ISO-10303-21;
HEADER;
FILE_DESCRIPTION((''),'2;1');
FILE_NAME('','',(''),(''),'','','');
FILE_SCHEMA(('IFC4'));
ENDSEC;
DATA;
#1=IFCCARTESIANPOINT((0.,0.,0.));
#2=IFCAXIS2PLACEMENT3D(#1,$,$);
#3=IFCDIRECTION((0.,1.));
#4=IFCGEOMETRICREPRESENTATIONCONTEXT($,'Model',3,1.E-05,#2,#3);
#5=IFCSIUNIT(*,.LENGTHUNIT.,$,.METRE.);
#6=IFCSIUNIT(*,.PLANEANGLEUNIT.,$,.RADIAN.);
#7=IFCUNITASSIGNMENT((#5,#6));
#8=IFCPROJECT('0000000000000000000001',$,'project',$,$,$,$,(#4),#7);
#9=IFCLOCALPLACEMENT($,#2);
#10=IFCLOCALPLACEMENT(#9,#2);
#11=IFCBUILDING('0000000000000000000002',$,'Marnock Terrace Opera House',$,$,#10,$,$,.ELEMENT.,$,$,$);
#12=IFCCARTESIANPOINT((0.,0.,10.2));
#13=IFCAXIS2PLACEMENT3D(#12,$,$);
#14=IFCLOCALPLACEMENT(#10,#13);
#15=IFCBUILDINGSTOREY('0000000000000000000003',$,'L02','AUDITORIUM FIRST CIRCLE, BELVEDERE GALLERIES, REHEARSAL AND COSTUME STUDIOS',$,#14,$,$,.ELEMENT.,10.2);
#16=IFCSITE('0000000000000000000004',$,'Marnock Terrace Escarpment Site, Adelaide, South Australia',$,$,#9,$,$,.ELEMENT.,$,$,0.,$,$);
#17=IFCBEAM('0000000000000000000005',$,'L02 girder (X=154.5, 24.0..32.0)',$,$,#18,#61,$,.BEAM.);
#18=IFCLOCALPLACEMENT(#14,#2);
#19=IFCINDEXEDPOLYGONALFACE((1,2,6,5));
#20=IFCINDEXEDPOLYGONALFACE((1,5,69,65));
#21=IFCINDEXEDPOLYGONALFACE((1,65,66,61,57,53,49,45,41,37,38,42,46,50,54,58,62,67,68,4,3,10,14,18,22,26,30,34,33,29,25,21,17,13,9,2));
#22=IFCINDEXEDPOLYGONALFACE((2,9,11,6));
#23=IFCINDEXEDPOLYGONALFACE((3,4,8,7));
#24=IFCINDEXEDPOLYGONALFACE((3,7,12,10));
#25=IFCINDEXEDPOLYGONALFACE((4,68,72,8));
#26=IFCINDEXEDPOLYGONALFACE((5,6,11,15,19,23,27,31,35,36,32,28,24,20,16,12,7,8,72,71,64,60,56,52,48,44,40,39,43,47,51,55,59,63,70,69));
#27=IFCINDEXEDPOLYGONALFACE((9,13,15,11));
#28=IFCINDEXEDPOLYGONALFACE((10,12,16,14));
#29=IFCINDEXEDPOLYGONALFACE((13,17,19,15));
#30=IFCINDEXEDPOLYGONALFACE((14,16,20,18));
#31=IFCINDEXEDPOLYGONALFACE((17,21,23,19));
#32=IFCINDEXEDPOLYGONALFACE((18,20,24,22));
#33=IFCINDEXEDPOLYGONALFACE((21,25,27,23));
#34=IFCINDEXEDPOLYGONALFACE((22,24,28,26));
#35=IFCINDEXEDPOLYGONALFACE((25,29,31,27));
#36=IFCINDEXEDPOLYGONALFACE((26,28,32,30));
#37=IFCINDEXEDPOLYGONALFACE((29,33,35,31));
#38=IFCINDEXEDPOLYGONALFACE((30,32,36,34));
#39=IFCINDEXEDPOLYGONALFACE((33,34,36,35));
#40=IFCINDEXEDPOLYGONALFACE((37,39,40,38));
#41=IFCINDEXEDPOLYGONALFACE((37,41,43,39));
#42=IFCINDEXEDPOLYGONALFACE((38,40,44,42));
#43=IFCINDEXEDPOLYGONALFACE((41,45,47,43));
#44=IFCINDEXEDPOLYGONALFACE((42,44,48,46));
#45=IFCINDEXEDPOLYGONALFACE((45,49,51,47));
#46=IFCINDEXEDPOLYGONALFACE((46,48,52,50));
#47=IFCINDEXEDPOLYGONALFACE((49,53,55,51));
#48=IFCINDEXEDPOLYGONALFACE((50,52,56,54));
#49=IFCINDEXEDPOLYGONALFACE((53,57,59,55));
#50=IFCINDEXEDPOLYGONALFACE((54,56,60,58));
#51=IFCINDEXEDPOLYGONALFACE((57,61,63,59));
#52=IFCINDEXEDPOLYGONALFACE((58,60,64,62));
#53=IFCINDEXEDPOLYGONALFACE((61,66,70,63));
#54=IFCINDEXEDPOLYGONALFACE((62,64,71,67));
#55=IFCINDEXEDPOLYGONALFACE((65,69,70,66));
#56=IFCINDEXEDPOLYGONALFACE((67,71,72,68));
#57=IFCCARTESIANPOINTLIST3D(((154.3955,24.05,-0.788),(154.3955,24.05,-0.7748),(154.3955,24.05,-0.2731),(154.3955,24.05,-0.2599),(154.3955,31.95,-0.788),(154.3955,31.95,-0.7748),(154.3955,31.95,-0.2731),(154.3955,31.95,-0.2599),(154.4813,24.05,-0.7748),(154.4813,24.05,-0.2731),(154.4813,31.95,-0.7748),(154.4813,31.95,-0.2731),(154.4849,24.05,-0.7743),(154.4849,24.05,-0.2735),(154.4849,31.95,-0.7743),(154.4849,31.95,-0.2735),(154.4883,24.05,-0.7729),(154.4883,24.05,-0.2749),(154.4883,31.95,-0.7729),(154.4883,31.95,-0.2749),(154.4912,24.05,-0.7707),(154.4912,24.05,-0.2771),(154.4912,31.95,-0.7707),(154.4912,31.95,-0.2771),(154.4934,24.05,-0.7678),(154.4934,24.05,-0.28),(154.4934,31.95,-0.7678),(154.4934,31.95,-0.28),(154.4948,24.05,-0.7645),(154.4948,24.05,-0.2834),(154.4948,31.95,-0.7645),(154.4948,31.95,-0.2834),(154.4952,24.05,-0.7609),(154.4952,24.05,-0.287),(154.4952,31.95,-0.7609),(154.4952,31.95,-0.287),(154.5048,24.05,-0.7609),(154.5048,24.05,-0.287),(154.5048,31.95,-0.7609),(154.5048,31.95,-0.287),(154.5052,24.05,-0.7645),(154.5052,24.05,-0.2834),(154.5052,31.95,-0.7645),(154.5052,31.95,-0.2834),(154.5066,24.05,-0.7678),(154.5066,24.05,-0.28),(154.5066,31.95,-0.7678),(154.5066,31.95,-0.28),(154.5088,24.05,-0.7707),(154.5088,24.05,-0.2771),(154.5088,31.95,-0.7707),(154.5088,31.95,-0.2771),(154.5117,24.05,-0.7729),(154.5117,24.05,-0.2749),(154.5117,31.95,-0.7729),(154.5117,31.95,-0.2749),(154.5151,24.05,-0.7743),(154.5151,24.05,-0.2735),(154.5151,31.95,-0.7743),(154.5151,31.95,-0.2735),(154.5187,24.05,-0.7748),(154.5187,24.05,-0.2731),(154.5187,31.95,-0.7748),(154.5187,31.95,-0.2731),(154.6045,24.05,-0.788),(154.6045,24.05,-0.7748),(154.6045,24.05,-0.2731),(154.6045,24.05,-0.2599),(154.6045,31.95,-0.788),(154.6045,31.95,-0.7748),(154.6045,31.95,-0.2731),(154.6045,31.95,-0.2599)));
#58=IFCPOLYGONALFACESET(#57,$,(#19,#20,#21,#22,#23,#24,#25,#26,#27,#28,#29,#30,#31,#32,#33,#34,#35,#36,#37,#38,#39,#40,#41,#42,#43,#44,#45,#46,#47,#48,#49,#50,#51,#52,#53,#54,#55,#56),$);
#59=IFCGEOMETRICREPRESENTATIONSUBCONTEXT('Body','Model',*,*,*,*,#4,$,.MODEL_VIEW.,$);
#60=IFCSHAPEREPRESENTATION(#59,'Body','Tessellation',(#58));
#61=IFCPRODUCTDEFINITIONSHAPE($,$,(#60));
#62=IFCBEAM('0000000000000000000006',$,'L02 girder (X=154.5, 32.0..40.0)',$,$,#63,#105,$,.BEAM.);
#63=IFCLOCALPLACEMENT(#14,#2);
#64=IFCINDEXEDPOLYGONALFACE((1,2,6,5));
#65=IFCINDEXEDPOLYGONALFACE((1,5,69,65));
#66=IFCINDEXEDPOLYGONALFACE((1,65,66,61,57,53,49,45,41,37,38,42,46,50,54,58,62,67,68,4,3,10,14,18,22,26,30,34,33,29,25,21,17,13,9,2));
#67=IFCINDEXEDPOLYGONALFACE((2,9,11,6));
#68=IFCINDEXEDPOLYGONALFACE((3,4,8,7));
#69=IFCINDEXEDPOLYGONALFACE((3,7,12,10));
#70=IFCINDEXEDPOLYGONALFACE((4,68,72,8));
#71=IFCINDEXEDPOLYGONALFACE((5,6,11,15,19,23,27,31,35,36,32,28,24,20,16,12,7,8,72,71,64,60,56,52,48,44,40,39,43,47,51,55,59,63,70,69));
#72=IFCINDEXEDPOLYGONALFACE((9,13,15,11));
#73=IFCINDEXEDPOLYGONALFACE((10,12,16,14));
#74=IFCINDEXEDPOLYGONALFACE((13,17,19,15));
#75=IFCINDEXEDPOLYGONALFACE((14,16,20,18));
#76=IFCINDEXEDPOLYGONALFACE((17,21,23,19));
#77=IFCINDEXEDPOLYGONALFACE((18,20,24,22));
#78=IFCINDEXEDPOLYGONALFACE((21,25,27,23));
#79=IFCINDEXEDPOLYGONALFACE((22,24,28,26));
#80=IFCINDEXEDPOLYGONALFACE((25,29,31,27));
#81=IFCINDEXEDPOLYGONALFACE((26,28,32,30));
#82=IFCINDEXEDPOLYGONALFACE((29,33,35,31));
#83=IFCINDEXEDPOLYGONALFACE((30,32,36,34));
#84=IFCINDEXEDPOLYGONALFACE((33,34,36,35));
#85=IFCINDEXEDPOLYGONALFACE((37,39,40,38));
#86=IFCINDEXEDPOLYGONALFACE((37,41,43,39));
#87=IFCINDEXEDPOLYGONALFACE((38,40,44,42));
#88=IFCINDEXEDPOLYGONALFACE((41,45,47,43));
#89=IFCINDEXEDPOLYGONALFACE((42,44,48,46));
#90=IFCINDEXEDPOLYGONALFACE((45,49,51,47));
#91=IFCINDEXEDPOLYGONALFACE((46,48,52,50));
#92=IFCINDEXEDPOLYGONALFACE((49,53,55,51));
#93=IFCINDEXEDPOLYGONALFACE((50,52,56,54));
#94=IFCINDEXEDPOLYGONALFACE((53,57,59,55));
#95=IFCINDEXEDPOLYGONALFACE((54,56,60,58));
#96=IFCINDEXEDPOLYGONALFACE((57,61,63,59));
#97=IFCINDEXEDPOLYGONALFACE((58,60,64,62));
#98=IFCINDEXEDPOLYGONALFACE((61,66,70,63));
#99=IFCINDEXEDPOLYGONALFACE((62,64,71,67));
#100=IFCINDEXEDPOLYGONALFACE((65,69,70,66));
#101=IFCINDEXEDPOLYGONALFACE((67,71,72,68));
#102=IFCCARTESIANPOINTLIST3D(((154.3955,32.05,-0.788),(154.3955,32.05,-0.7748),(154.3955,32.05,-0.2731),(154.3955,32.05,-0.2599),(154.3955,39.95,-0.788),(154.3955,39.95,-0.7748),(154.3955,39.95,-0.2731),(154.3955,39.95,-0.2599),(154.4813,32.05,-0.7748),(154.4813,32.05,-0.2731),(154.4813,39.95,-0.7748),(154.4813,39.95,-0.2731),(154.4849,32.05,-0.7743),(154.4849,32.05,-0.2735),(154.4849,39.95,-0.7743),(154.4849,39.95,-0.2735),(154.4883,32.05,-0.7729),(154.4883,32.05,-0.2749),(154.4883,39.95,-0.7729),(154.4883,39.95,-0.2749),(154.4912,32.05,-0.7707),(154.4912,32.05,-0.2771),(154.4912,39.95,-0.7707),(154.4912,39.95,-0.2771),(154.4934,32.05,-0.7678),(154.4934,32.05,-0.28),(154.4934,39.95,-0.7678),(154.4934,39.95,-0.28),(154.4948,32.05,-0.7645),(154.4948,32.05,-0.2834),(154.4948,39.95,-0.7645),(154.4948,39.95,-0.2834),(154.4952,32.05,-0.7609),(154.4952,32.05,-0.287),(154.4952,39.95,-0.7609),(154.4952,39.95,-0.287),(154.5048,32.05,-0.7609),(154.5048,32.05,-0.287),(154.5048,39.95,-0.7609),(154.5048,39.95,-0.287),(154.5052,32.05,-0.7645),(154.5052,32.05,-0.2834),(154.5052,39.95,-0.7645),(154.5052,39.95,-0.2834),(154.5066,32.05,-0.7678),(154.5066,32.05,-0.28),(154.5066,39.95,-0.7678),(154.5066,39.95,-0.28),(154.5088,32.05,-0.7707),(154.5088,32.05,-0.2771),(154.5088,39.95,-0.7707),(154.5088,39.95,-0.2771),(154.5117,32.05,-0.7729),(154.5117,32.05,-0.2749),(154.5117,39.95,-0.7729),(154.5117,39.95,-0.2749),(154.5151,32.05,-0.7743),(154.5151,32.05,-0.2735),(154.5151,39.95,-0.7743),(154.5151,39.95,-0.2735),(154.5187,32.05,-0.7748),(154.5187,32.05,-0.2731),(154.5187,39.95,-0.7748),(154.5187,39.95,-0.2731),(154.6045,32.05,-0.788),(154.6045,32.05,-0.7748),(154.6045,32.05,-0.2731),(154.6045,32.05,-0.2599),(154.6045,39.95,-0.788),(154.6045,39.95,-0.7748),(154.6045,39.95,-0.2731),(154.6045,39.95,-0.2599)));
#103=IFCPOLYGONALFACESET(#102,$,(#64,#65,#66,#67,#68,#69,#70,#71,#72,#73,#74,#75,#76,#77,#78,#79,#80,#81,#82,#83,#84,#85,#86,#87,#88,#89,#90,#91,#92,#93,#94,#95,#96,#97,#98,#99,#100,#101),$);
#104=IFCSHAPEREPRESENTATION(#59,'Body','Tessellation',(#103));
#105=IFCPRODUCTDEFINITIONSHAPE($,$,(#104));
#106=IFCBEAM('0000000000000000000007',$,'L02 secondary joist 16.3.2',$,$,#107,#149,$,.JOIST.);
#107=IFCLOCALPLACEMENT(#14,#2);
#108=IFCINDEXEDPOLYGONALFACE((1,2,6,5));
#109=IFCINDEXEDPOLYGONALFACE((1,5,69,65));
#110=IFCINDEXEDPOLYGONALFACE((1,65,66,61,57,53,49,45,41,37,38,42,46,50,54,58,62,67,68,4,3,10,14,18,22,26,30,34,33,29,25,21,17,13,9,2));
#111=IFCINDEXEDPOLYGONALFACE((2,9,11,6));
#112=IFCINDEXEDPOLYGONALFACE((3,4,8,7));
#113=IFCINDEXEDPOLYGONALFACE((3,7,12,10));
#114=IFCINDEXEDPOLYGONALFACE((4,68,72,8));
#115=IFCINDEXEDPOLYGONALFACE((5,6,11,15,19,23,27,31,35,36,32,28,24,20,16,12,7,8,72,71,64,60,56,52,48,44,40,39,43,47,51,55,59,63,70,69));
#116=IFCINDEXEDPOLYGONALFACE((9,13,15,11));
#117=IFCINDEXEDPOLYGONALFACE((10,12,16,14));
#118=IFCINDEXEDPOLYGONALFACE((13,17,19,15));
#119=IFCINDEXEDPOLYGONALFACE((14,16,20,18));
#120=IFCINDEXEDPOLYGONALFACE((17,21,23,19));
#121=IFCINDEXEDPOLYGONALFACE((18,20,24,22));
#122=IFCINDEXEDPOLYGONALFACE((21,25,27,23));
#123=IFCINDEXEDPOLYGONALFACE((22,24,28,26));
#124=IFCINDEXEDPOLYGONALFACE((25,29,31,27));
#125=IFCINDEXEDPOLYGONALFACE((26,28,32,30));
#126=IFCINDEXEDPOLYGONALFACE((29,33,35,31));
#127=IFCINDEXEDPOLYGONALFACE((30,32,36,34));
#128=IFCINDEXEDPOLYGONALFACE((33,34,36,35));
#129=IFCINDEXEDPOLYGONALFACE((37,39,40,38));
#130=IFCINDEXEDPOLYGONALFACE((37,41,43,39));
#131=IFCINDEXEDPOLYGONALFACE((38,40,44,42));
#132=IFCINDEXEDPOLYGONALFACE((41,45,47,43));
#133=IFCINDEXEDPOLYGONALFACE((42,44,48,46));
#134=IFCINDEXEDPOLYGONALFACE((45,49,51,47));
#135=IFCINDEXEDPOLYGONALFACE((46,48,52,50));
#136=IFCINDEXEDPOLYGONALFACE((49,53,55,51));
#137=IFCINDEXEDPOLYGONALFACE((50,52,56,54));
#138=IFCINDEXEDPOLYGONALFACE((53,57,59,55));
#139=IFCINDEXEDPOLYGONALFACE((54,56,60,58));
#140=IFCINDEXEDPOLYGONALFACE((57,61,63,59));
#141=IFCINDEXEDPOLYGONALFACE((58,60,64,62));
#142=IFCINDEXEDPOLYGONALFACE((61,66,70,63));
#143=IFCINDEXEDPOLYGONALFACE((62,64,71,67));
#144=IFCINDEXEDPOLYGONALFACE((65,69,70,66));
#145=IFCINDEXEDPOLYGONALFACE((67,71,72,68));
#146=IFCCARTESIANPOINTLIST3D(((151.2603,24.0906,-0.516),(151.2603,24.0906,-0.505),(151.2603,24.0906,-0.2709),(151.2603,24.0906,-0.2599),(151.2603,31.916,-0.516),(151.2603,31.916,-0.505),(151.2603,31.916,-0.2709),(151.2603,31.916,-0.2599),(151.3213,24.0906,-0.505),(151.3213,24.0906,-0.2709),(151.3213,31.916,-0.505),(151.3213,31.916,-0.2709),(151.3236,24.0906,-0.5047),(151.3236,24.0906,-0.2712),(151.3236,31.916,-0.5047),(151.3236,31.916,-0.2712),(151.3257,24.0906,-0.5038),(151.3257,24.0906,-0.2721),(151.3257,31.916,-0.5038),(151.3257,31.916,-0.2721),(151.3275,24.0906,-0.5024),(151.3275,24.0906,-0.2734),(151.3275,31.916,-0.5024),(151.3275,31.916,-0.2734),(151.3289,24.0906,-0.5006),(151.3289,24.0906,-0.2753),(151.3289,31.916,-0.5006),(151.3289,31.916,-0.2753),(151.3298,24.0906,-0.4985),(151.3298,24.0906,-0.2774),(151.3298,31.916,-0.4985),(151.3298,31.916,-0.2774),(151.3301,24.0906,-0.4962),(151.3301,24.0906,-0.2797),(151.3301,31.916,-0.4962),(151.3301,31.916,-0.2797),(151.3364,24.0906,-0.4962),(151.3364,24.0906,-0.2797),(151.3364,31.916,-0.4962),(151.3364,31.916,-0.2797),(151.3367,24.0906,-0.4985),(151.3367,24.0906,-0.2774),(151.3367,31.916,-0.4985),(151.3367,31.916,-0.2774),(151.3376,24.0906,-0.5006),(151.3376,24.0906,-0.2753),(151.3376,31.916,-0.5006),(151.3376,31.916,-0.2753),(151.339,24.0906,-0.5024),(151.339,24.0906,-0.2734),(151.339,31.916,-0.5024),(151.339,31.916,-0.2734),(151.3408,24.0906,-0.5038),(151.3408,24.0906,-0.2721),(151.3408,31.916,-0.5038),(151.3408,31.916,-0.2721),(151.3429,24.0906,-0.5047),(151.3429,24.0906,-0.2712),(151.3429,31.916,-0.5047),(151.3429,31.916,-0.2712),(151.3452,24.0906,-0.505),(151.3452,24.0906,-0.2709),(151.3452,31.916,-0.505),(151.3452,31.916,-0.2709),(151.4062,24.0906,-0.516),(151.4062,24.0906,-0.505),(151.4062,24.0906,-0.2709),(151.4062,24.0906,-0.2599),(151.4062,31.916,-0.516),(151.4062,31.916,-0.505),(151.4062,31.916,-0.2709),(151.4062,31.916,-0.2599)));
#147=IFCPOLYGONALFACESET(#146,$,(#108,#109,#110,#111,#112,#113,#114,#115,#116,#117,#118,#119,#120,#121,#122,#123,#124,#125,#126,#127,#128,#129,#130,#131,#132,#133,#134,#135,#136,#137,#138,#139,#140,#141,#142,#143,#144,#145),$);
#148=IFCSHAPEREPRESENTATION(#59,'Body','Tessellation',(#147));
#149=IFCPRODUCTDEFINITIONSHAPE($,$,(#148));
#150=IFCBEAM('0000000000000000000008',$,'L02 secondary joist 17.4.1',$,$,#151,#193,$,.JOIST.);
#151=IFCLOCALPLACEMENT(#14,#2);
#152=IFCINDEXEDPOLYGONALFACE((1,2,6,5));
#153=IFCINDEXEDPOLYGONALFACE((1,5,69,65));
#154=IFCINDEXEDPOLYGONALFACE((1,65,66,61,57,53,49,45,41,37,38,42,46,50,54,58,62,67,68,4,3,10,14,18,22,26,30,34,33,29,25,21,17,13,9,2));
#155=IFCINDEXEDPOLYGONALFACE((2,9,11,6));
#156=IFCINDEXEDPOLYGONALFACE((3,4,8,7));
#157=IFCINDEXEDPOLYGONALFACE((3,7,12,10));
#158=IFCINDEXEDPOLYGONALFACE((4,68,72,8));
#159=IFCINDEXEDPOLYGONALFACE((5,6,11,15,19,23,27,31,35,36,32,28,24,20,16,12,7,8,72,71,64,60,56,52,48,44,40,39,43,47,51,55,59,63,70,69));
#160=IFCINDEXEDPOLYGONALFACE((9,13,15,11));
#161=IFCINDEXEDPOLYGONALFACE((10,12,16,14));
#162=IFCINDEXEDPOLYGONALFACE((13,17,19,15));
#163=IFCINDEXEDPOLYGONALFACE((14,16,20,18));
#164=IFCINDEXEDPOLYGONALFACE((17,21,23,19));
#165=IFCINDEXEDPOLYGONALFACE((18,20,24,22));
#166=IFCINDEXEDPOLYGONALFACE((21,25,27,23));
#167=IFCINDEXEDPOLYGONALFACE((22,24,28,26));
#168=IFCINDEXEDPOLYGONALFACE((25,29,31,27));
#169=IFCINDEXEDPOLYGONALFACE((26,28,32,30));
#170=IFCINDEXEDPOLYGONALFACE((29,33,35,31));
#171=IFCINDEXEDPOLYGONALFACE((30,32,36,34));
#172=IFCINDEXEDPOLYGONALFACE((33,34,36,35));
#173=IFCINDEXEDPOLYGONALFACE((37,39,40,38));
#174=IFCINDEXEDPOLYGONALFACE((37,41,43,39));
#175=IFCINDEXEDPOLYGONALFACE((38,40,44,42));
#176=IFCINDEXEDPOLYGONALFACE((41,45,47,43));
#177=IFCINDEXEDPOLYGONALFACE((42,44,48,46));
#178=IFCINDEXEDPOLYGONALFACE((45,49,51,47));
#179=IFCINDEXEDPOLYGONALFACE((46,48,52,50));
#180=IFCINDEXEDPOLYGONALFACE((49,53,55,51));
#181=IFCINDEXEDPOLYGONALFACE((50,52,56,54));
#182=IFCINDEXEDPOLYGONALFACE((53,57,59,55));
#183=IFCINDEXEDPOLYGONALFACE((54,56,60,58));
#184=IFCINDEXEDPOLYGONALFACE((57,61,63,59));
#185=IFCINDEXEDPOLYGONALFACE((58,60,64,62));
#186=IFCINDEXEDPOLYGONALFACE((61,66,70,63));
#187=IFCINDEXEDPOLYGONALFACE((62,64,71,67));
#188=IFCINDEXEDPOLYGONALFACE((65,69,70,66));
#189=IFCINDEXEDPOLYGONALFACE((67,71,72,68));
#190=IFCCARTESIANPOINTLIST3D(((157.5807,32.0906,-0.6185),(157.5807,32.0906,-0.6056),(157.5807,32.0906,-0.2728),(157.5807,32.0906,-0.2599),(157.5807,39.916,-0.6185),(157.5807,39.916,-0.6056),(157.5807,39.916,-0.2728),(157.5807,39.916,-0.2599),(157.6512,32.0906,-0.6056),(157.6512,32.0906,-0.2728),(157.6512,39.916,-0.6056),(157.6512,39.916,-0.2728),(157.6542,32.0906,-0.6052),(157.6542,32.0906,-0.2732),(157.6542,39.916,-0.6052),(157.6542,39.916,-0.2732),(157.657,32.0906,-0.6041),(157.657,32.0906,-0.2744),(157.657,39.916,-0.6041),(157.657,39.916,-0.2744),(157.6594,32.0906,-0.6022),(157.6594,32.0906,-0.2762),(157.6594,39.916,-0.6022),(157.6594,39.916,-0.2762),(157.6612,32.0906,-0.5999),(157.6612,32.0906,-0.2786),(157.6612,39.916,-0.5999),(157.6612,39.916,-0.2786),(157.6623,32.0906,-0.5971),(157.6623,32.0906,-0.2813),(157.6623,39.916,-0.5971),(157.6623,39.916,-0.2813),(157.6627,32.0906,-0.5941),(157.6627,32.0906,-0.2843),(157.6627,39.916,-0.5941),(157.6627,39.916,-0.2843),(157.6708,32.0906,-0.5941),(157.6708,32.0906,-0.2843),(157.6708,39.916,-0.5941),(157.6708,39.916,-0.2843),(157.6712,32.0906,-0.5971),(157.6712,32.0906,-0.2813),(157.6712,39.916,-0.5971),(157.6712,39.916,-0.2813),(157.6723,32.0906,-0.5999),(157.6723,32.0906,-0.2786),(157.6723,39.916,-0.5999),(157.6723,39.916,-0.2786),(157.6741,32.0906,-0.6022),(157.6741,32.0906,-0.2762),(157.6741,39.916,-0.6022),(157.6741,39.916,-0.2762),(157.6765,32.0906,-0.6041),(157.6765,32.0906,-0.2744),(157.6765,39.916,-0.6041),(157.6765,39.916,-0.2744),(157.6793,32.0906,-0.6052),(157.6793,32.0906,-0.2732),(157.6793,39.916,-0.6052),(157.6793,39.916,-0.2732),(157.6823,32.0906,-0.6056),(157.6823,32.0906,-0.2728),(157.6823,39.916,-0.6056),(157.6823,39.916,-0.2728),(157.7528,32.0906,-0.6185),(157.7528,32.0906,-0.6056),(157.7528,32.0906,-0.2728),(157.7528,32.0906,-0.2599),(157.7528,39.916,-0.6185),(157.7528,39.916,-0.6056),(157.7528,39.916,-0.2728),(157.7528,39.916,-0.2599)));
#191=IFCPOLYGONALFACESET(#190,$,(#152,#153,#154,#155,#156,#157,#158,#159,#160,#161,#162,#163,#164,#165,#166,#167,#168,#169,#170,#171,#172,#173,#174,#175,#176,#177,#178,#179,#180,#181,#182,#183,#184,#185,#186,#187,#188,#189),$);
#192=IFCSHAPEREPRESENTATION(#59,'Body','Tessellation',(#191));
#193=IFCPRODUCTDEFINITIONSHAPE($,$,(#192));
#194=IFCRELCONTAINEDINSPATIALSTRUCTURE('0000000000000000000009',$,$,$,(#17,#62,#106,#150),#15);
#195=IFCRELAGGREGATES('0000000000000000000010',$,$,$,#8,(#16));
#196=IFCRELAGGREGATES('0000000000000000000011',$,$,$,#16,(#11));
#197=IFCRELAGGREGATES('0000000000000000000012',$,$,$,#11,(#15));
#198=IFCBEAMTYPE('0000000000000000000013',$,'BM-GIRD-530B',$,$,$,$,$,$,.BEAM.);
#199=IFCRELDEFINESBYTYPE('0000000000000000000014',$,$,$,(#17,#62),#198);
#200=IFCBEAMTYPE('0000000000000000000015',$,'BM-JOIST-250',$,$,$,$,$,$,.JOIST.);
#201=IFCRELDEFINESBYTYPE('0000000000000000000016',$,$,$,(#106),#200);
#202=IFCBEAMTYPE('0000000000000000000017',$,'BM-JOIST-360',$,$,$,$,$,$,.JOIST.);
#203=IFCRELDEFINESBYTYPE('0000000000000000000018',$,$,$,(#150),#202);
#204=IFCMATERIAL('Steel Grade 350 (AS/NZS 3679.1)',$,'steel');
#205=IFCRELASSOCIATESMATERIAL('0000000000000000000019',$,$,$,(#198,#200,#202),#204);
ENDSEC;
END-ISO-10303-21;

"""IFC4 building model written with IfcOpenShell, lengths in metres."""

from ifc_helpers import new_model, si_unit, direction, frame, origin, origin_2d, place, context, subcontext, project, spatial, i_section, extrude, material, material_profile, profile_set, type_object, element, save


model = new_model("IFC4")

# Units and contexts
model_context = context("Model", 3, precision=1e-05, world=origin(), true_north=direction((0.0, 1.0)))
body_context = subcontext(model_context, "Body", "Model", "MODEL_VIEW")
ifc_project = project(units=[si_unit("LENGTHUNIT", "METRE"), si_unit("PLANEANGLEUNIT", "RADIAN")], contexts=[model_context])

# Site, building, storey
site_placement = place(None, origin())
site = spatial("IfcSite", under=ifc_project, at=site_placement, Name="Marnock Terrace Escarpment Site, Adelaide, South Australia", CompositionType="ELEMENT", RefElevation=0.0)
building_placement = place(site_placement, origin())
building = spatial("IfcBuilding", under=site, at=building_placement, Name="Marnock Terrace Opera House", CompositionType="ELEMENT")
storey_placement = place(building_placement, frame((0.0, 0.0, 10.2)))
storey = spatial("IfcBuildingStorey", under=building, at=storey_placement, Name="L02", Description="AUDITORIUM FIRST CIRCLE, BELVEDERE GALLERIES, REHEARSAL AND COSTUME STUDIOS", CompositionType="ELEMENT", Elevation=10.2)

# Shared definitions
ifc_material_1 = material(Name="Steel Grade 350 (AS/NZS 3679.1)", Category="steel")

# Beams
ifc_material_profile_1 = material_profile(ifc_material_1, i_section(OverallWidth=0.209, OverallDepth=0.5281, WebThickness=0.0095, FlangeThickness=0.0132, FilletRadius=0.0139, at=origin_2d()))
ifc_profile_set_1 = profile_set([ifc_material_profile_1], Name="Steel Grade 350 (AS/NZS 3679.1)")
beam_type_1 = type_object("IfcBeamType", Name="BM-GIRD-530B", PredefinedType="BEAM", material=ifc_profile_set_1)
for number, where, z_axis, x_axis, name in (
    (1, (154.5, 24.05, -0.5239), (0.0, 1.0, 0.0), (-1.0, 0.0, 0.0), "L02 girder (X=154.5, 24.0..32.0)"),
    (2, (154.5, 32.05, -0.5239), (0.0, 1.0, 0.0), (-1.0, 0.0, 0.0), "L02 girder (X=154.5, 32.0..40.0)"),
):
    element("IfcBeam", number, at=place(storey_placement, frame(where, z_axis=z_axis, x_axis=x_axis)), inside=storey, type_object=beam_type_1, Name=name, PredefinedType="BEAM", context=body_context, shape_type="SweptSolid", body=[
        extrude(i_section(OverallWidth=0.209, OverallDepth=0.5281, WebThickness=0.0095, FlangeThickness=0.0132, FilletRadius=0.0139, at=origin_2d()), origin(), (0.0, 0.0, 1.0), 7.8999),
    ])
ifc_material_profile_2 = material_profile(ifc_material_1, i_section(OverallWidth=0.146, OverallDepth=0.2561, WebThickness=0.0063, FlangeThickness=0.011, FilletRadius=0.0088, at=origin_2d()))
ifc_profile_set_2 = profile_set([ifc_material_profile_2], Name="Steel Grade 350 (AS/NZS 3679.1)")
beam_type_2 = type_object("IfcBeamType", Name="BM-JOIST-250", PredefinedType="JOIST", material=ifc_profile_set_2)
beam_1_placement = place(storey_placement, frame((151.3333, 24.0906, -0.3879), z_axis=(0.0, 1.0, 0.0), x_axis=(-1.0, 0.0, 0.0)))
element("IfcBeam", 3, at=beam_1_placement, inside=storey, type_object=beam_type_2, Name="L02 secondary joist 16.3.2", PredefinedType="JOIST", context=body_context, shape_type="SweptSolid", body=[
    extrude(i_section(OverallWidth=0.146, OverallDepth=0.2561, WebThickness=0.0063, FlangeThickness=0.011, FilletRadius=0.0088, at=origin_2d()), origin(), (0.0, 0.0, 1.0), 7.8254),
])
ifc_material_profile_3 = material_profile(ifc_material_1, i_section(OverallWidth=0.1721, OverallDepth=0.3586, WebThickness=0.0081, FlangeThickness=0.0129, FilletRadius=0.0115, at=origin_2d()))
ifc_profile_set_3 = profile_set([ifc_material_profile_3], Name="Steel Grade 350 (AS/NZS 3679.1)")
beam_type_3 = type_object("IfcBeamType", Name="BM-JOIST-360", PredefinedType="JOIST", material=ifc_profile_set_3)
beam_2_placement = place(storey_placement, frame((157.6667, 32.0906, -0.4392), z_axis=(0.0, 1.0, 0.0), x_axis=(-1.0, 0.0, 0.0)))
element("IfcBeam", 4, at=beam_2_placement, inside=storey, type_object=beam_type_3, Name="L02 secondary joist 17.4.1", PredefinedType="JOIST", context=body_context, shape_type="SweptSolid", body=[
    extrude(i_section(OverallWidth=0.1721, OverallDepth=0.3586, WebThickness=0.0081, FlangeThickness=0.0129, FilletRadius=0.0115, at=origin_2d()), origin(), (0.0, 0.0, 1.0), 7.8254),
])

save(model, "model.ifc")
